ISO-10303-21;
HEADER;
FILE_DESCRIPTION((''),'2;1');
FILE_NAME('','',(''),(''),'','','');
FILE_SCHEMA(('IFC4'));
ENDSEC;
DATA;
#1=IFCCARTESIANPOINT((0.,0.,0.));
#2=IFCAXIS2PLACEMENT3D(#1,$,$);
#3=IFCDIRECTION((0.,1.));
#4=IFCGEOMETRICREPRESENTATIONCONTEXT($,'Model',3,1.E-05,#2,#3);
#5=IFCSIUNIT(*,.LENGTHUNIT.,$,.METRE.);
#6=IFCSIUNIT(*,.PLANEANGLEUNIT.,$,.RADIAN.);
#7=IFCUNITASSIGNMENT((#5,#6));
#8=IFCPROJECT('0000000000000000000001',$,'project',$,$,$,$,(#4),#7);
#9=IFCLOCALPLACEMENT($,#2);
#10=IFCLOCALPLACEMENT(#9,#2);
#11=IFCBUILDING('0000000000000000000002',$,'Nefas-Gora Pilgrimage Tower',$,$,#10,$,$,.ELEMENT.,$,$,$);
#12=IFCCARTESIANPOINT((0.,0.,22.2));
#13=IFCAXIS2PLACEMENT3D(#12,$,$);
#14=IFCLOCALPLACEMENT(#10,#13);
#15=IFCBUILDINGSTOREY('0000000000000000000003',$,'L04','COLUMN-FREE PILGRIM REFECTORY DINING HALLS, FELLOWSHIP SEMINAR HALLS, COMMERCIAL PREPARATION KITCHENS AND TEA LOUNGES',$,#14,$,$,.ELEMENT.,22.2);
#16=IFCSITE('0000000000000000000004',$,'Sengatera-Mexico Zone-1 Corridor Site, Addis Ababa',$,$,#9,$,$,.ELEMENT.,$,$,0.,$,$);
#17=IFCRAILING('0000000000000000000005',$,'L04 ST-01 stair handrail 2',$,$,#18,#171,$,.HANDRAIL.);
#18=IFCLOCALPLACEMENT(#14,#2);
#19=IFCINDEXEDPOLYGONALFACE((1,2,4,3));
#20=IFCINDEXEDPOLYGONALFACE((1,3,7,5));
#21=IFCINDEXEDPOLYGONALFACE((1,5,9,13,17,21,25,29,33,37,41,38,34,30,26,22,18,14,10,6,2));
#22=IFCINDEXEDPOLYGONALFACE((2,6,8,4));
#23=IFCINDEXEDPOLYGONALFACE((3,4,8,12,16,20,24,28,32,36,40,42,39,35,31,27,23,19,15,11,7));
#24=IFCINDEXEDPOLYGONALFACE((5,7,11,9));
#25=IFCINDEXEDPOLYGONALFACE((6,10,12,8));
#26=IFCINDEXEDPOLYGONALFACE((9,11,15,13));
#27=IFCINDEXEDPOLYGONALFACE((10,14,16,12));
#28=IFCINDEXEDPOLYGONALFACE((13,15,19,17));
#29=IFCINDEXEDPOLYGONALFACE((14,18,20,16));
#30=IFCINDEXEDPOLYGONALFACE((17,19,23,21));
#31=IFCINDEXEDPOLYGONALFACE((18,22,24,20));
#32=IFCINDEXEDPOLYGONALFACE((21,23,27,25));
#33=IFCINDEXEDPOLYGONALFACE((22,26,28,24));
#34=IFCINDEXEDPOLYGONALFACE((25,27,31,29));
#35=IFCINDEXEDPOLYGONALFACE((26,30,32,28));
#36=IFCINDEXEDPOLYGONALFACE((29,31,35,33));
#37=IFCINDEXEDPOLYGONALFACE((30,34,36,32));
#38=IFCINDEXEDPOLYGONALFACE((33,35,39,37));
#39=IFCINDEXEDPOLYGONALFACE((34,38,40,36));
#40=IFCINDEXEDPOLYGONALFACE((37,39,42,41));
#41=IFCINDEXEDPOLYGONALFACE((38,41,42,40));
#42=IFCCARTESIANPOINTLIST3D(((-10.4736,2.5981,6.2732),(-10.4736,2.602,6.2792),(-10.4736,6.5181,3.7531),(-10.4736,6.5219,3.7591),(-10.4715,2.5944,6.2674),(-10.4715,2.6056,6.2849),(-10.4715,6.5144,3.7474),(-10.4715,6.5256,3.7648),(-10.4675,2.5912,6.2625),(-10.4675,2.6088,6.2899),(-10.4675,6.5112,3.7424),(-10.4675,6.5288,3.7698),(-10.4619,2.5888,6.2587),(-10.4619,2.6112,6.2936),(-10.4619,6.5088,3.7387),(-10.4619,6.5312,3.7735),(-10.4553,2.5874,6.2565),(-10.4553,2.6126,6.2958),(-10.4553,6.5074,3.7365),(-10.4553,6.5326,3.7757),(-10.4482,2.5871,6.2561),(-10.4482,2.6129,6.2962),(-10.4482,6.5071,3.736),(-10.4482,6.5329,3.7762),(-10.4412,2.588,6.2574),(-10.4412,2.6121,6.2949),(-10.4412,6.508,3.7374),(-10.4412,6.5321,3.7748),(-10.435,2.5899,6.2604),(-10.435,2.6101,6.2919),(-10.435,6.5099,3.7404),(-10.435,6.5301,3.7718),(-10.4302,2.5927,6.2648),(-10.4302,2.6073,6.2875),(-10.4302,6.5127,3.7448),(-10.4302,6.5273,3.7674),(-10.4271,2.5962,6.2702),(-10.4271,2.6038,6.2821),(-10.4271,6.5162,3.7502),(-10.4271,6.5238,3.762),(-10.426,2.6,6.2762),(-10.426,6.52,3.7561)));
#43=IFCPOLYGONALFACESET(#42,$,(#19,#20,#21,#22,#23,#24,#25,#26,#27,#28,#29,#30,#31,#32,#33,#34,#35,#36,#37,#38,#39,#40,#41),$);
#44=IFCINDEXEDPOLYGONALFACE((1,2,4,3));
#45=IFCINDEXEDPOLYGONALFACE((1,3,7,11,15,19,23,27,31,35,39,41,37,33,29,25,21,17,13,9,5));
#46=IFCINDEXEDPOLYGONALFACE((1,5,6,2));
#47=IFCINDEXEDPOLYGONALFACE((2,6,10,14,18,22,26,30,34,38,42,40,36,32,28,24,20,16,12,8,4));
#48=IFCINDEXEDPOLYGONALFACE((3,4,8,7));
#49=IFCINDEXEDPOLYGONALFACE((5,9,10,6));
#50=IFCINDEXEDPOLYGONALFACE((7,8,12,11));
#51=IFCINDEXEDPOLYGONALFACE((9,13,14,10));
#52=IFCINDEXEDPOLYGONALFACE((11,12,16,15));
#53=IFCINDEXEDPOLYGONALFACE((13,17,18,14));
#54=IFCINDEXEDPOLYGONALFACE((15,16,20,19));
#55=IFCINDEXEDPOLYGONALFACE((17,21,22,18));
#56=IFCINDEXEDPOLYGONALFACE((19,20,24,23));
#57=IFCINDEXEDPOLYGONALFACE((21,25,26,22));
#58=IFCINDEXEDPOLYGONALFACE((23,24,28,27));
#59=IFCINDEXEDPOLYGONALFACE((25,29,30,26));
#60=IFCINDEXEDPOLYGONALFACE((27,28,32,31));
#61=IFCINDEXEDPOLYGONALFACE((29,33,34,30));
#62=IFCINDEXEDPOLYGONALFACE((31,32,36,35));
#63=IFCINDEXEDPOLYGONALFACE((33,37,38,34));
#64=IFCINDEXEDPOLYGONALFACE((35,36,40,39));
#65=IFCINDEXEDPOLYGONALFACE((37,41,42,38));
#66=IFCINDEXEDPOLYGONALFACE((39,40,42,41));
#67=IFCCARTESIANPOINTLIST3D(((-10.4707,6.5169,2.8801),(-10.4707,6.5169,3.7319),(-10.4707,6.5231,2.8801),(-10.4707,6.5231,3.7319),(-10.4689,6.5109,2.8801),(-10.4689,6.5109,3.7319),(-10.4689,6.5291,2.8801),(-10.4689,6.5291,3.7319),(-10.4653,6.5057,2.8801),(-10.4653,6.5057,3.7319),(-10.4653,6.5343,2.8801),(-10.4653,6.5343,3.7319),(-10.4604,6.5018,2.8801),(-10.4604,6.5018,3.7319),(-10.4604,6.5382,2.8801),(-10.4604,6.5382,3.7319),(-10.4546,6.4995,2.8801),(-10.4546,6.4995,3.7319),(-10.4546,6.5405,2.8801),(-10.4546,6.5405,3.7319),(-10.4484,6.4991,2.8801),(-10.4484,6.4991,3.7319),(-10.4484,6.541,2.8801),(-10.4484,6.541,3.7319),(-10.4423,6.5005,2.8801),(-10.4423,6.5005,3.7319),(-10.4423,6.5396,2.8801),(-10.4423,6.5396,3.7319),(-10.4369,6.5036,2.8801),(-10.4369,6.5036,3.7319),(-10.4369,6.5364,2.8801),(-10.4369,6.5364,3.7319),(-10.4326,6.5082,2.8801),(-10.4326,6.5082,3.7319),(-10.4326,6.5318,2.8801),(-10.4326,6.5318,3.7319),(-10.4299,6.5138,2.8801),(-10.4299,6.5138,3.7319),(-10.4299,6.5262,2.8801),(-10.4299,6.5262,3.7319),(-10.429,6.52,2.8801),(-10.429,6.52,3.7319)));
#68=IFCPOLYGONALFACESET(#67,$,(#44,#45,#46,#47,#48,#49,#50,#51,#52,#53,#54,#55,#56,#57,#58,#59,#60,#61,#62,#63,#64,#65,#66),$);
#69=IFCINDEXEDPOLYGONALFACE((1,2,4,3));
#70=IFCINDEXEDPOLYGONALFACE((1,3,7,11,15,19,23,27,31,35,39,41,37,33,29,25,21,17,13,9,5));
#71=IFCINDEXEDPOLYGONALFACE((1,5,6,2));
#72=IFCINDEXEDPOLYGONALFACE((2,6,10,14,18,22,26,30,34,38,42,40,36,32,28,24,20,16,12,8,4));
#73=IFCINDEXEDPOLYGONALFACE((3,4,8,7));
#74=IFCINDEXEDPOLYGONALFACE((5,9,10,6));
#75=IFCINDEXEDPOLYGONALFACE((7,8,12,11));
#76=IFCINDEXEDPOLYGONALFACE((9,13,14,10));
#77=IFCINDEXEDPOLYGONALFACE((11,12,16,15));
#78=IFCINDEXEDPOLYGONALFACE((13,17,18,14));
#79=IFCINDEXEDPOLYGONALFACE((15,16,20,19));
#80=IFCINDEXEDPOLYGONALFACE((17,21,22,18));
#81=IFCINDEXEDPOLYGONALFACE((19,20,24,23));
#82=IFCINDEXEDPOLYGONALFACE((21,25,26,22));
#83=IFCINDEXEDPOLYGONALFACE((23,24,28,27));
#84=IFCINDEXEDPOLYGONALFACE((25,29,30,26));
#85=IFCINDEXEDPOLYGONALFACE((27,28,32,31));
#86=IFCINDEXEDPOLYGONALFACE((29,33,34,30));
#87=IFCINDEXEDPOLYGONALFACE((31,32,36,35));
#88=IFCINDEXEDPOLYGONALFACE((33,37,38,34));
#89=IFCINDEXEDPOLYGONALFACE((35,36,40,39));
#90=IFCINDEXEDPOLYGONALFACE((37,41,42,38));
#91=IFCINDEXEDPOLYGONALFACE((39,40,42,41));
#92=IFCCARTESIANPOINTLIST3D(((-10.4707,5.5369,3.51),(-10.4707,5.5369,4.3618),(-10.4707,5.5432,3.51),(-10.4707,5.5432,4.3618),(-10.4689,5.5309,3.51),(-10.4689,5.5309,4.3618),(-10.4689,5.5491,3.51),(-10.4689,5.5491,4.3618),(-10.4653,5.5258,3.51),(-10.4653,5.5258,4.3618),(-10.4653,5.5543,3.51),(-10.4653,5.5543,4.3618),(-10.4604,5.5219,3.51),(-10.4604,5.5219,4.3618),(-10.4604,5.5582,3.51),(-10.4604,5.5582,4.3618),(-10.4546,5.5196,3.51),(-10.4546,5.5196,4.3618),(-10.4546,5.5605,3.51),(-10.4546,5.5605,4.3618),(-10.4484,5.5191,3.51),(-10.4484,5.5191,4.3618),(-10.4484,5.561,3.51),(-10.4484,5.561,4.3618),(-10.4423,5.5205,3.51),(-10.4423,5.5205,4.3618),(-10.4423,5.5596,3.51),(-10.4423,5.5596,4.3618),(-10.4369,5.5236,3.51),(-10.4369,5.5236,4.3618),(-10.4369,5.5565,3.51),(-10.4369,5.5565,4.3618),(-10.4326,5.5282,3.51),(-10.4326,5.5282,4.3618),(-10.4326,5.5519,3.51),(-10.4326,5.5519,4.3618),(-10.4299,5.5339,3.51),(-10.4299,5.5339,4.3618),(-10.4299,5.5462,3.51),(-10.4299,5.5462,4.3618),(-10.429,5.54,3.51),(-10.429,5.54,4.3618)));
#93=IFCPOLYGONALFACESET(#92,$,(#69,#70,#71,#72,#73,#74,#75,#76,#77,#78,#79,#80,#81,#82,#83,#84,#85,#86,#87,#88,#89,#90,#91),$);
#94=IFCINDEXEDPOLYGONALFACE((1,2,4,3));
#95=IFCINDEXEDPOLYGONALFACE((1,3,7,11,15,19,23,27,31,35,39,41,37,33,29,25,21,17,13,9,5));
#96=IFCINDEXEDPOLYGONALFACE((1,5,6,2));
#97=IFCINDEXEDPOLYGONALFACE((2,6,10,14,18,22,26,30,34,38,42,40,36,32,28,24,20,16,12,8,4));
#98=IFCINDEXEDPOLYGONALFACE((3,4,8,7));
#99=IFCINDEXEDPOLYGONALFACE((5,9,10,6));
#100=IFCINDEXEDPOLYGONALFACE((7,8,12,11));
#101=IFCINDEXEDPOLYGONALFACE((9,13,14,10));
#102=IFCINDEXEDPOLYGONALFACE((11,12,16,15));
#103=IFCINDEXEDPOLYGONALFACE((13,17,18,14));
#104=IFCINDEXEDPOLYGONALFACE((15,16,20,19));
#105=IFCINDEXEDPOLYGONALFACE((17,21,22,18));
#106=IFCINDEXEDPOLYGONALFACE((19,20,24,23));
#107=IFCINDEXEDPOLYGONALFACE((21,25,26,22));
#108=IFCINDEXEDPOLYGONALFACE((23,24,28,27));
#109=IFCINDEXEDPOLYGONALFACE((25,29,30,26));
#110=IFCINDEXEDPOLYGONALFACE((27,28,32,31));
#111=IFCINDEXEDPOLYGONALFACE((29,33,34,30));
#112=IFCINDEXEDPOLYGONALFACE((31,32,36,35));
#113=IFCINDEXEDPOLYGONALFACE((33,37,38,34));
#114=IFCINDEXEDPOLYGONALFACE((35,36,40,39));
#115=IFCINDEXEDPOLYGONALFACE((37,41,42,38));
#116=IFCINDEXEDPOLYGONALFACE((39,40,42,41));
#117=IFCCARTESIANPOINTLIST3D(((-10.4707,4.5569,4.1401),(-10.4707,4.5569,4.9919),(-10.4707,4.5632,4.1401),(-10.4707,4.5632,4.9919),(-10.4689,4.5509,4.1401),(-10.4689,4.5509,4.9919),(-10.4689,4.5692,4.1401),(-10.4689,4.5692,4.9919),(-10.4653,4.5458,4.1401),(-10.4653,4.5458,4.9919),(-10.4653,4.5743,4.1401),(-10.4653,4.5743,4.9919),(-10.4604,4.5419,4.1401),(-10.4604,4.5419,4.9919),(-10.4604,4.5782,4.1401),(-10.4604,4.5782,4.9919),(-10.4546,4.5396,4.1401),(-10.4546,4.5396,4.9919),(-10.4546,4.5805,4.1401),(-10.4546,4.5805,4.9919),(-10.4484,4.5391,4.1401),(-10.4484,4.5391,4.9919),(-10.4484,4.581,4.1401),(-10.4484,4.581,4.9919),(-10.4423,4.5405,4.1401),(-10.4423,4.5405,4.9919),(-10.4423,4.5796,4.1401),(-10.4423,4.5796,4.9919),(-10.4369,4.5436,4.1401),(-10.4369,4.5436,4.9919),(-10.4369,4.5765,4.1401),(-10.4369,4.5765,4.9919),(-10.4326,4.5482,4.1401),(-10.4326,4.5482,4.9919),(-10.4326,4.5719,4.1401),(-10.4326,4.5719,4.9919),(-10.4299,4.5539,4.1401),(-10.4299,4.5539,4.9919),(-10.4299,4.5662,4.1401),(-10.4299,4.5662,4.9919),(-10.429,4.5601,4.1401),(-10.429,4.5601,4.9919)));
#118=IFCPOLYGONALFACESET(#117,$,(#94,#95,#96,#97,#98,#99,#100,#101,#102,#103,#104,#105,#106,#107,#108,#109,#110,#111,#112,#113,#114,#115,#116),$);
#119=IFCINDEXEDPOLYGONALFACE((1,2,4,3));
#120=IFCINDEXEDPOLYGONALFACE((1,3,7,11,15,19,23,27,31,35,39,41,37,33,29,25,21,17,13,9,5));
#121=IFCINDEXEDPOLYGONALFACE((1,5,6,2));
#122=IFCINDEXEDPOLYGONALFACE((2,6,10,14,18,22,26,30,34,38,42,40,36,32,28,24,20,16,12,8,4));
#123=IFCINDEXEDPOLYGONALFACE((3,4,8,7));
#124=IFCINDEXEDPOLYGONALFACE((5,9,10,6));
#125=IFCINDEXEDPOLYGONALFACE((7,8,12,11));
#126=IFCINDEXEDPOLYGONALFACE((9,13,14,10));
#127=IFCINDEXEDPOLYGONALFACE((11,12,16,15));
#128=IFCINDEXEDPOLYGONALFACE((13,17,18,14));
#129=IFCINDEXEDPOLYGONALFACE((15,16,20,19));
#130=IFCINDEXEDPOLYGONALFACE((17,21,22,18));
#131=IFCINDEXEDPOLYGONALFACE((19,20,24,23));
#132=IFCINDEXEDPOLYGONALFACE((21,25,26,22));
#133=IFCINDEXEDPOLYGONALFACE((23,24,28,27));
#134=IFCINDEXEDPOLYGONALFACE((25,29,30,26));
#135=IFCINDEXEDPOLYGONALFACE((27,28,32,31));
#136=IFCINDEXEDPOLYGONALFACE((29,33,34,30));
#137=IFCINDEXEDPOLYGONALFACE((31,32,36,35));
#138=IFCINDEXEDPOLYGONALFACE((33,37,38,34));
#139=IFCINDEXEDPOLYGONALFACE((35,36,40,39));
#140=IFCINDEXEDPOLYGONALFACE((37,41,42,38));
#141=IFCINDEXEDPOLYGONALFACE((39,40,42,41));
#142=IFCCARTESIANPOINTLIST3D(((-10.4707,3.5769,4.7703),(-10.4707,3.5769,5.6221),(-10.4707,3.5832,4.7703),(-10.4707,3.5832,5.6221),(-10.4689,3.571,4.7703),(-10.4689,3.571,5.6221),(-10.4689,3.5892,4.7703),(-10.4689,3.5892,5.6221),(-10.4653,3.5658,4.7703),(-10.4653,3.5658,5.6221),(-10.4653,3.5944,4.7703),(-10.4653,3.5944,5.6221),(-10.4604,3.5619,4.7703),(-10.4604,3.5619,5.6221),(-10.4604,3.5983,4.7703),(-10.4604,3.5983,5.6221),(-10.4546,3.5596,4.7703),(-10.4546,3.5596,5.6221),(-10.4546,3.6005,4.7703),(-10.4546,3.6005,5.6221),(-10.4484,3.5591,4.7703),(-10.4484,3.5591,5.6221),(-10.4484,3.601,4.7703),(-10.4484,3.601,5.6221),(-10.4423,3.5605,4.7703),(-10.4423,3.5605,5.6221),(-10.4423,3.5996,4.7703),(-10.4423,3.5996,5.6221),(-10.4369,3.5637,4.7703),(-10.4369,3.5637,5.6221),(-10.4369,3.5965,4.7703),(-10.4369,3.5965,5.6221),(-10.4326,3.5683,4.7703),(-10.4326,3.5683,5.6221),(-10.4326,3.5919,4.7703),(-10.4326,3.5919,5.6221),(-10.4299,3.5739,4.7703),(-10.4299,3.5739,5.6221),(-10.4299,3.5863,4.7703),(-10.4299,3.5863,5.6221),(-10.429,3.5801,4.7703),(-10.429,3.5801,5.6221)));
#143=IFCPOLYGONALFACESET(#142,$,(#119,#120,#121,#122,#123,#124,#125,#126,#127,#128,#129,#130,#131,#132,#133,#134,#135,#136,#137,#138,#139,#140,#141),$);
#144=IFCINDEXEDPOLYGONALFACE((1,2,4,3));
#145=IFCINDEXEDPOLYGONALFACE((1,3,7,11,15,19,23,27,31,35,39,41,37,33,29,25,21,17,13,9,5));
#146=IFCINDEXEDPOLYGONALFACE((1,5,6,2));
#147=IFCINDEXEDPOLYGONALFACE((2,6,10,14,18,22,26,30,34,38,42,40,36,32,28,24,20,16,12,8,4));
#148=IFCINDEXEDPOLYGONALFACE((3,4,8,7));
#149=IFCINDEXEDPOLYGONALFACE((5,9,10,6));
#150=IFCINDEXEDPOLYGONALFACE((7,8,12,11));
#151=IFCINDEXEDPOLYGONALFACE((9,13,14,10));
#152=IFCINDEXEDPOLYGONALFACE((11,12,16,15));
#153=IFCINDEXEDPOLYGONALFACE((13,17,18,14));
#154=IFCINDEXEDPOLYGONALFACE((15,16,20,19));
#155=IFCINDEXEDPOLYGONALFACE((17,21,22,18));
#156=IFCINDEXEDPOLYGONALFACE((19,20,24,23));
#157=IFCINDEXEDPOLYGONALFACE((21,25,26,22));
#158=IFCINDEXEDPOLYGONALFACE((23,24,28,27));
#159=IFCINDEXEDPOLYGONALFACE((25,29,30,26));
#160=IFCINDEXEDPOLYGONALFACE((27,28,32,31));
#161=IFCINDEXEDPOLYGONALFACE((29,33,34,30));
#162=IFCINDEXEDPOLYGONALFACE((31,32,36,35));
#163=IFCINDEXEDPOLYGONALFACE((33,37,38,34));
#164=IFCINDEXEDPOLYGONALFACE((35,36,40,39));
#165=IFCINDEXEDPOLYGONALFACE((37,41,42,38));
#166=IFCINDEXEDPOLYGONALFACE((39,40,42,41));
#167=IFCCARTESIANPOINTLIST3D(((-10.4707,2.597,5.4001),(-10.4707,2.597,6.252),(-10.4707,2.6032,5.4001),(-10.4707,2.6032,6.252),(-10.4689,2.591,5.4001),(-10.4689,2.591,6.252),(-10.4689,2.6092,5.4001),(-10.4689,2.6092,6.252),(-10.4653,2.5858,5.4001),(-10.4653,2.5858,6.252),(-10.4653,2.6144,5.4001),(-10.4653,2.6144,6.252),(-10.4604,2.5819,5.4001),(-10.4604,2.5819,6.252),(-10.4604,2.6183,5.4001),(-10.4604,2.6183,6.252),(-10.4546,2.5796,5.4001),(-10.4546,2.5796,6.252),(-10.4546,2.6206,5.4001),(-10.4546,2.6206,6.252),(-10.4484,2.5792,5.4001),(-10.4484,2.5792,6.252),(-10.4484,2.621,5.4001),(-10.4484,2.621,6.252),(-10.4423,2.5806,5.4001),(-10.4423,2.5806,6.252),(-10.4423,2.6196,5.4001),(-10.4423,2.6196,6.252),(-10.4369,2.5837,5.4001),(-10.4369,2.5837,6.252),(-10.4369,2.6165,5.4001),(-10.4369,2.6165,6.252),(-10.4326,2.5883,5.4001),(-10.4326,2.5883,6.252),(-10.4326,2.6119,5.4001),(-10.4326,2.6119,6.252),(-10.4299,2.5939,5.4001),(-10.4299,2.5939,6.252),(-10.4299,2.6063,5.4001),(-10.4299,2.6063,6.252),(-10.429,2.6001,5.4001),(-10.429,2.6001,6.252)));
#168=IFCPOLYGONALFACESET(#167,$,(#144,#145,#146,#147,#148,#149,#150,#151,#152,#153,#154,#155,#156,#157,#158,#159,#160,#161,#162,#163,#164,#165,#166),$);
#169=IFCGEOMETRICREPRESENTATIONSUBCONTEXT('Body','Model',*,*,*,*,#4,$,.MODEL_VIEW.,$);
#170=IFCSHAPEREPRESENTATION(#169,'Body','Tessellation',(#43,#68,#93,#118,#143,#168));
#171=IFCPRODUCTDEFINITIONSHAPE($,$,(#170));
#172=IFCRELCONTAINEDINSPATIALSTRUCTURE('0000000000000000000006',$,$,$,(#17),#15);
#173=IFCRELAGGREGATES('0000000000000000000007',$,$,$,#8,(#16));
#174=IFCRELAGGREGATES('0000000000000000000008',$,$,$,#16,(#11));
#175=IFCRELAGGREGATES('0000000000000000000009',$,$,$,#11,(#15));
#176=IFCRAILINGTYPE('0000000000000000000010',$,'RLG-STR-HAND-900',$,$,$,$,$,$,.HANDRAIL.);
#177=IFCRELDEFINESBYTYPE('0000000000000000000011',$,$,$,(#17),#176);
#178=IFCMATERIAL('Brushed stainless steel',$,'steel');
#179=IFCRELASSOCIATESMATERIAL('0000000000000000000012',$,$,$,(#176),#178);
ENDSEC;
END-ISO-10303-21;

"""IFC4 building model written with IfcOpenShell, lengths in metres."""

from ifc_helpers import new_model, si_unit, direction, frame, origin, origin_2d, place, context, subcontext, project, spatial, circle, extrude, material, type_object, element, save


model = new_model("IFC4")

# Units and contexts
model_context = context("Model", 3, precision=1e-05, world=origin(), true_north=direction((0.0, 1.0)))
body_context = subcontext(model_context, "Body", "Model", "MODEL_VIEW")
ifc_project = project(units=[si_unit("LENGTHUNIT", "METRE"), si_unit("PLANEANGLEUNIT", "RADIAN")], contexts=[model_context])

# Site, building, storey
site_placement = place(None, origin())
site = spatial("IfcSite", under=ifc_project, at=site_placement, Name="Sengatera-Mexico Zone-1 Corridor Site, Addis Ababa", CompositionType="ELEMENT", RefElevation=0.0)
building_placement = place(site_placement, origin())
building = spatial("IfcBuilding", under=site, at=building_placement, Name="Nefas-Gora Pilgrimage Tower", CompositionType="ELEMENT")
storey_placement = place(building_placement, frame((0.0, 0.0, 22.2)))
storey = spatial("IfcBuildingStorey", under=building, at=storey_placement, Name="L04", Description="COLUMN-FREE PILGRIM REFECTORY DINING HALLS, FELLOWSHIP SEMINAR HALLS, COMMERCIAL PREPARATION KITCHENS AND TEA LOUNGES", CompositionType="ELEMENT", Elevation=22.2)

# Railing
ifc_material_1 = material(Name="Brushed stainless steel", Category="steel")
railing_type_1 = type_object("IfcRailingType", Name="RLG-STR-HAND-900", PredefinedType="HANDRAIL", material=ifc_material_1)
railing_1_placement = place(storey_placement, frame((-10.45, 6.52, 2.8801)))
element("IfcRailing", 1, at=railing_1_placement, inside=storey, type_object=railing_type_1, Name="L04 ST-01 stair handrail 2", PredefinedType="HANDRAIL", context=body_context, shape_type="SweptSolid", body=[
    extrude(circle(Radius=0.0239, at=origin_2d()), frame((0.0, 0.0, 0.876), z_axis=(0.0, -0.841172, 0.540768), x_axis=(1.0, 0.0, 0.0)), (0.0, 0.0, 1.0), 4.6602),
    extrude(circle(Radius=0.021, at=origin_2d()), origin(), (0.0, 0.0, 1.0), 0.8518),
    extrude(circle(Radius=0.021, at=origin_2d()), frame((0.0, -0.98, 0.6299)), (0.0, 0.0, 1.0), 0.8518),
    extrude(circle(Radius=0.021, at=origin_2d()), frame((0.0, -1.96, 1.26)), (0.0, 0.0, 1.0), 0.8518),
    extrude(circle(Radius=0.021, at=origin_2d()), frame((0.0, -2.9399, 1.8901)), (0.0, 0.0, 1.0), 0.8518),
    extrude(circle(Radius=0.021, at=origin_2d()), frame((0.0, -3.9199, 2.52)), (0.0, 0.0, 1.0), 0.8518),
])

save(model, "model.ifc")
